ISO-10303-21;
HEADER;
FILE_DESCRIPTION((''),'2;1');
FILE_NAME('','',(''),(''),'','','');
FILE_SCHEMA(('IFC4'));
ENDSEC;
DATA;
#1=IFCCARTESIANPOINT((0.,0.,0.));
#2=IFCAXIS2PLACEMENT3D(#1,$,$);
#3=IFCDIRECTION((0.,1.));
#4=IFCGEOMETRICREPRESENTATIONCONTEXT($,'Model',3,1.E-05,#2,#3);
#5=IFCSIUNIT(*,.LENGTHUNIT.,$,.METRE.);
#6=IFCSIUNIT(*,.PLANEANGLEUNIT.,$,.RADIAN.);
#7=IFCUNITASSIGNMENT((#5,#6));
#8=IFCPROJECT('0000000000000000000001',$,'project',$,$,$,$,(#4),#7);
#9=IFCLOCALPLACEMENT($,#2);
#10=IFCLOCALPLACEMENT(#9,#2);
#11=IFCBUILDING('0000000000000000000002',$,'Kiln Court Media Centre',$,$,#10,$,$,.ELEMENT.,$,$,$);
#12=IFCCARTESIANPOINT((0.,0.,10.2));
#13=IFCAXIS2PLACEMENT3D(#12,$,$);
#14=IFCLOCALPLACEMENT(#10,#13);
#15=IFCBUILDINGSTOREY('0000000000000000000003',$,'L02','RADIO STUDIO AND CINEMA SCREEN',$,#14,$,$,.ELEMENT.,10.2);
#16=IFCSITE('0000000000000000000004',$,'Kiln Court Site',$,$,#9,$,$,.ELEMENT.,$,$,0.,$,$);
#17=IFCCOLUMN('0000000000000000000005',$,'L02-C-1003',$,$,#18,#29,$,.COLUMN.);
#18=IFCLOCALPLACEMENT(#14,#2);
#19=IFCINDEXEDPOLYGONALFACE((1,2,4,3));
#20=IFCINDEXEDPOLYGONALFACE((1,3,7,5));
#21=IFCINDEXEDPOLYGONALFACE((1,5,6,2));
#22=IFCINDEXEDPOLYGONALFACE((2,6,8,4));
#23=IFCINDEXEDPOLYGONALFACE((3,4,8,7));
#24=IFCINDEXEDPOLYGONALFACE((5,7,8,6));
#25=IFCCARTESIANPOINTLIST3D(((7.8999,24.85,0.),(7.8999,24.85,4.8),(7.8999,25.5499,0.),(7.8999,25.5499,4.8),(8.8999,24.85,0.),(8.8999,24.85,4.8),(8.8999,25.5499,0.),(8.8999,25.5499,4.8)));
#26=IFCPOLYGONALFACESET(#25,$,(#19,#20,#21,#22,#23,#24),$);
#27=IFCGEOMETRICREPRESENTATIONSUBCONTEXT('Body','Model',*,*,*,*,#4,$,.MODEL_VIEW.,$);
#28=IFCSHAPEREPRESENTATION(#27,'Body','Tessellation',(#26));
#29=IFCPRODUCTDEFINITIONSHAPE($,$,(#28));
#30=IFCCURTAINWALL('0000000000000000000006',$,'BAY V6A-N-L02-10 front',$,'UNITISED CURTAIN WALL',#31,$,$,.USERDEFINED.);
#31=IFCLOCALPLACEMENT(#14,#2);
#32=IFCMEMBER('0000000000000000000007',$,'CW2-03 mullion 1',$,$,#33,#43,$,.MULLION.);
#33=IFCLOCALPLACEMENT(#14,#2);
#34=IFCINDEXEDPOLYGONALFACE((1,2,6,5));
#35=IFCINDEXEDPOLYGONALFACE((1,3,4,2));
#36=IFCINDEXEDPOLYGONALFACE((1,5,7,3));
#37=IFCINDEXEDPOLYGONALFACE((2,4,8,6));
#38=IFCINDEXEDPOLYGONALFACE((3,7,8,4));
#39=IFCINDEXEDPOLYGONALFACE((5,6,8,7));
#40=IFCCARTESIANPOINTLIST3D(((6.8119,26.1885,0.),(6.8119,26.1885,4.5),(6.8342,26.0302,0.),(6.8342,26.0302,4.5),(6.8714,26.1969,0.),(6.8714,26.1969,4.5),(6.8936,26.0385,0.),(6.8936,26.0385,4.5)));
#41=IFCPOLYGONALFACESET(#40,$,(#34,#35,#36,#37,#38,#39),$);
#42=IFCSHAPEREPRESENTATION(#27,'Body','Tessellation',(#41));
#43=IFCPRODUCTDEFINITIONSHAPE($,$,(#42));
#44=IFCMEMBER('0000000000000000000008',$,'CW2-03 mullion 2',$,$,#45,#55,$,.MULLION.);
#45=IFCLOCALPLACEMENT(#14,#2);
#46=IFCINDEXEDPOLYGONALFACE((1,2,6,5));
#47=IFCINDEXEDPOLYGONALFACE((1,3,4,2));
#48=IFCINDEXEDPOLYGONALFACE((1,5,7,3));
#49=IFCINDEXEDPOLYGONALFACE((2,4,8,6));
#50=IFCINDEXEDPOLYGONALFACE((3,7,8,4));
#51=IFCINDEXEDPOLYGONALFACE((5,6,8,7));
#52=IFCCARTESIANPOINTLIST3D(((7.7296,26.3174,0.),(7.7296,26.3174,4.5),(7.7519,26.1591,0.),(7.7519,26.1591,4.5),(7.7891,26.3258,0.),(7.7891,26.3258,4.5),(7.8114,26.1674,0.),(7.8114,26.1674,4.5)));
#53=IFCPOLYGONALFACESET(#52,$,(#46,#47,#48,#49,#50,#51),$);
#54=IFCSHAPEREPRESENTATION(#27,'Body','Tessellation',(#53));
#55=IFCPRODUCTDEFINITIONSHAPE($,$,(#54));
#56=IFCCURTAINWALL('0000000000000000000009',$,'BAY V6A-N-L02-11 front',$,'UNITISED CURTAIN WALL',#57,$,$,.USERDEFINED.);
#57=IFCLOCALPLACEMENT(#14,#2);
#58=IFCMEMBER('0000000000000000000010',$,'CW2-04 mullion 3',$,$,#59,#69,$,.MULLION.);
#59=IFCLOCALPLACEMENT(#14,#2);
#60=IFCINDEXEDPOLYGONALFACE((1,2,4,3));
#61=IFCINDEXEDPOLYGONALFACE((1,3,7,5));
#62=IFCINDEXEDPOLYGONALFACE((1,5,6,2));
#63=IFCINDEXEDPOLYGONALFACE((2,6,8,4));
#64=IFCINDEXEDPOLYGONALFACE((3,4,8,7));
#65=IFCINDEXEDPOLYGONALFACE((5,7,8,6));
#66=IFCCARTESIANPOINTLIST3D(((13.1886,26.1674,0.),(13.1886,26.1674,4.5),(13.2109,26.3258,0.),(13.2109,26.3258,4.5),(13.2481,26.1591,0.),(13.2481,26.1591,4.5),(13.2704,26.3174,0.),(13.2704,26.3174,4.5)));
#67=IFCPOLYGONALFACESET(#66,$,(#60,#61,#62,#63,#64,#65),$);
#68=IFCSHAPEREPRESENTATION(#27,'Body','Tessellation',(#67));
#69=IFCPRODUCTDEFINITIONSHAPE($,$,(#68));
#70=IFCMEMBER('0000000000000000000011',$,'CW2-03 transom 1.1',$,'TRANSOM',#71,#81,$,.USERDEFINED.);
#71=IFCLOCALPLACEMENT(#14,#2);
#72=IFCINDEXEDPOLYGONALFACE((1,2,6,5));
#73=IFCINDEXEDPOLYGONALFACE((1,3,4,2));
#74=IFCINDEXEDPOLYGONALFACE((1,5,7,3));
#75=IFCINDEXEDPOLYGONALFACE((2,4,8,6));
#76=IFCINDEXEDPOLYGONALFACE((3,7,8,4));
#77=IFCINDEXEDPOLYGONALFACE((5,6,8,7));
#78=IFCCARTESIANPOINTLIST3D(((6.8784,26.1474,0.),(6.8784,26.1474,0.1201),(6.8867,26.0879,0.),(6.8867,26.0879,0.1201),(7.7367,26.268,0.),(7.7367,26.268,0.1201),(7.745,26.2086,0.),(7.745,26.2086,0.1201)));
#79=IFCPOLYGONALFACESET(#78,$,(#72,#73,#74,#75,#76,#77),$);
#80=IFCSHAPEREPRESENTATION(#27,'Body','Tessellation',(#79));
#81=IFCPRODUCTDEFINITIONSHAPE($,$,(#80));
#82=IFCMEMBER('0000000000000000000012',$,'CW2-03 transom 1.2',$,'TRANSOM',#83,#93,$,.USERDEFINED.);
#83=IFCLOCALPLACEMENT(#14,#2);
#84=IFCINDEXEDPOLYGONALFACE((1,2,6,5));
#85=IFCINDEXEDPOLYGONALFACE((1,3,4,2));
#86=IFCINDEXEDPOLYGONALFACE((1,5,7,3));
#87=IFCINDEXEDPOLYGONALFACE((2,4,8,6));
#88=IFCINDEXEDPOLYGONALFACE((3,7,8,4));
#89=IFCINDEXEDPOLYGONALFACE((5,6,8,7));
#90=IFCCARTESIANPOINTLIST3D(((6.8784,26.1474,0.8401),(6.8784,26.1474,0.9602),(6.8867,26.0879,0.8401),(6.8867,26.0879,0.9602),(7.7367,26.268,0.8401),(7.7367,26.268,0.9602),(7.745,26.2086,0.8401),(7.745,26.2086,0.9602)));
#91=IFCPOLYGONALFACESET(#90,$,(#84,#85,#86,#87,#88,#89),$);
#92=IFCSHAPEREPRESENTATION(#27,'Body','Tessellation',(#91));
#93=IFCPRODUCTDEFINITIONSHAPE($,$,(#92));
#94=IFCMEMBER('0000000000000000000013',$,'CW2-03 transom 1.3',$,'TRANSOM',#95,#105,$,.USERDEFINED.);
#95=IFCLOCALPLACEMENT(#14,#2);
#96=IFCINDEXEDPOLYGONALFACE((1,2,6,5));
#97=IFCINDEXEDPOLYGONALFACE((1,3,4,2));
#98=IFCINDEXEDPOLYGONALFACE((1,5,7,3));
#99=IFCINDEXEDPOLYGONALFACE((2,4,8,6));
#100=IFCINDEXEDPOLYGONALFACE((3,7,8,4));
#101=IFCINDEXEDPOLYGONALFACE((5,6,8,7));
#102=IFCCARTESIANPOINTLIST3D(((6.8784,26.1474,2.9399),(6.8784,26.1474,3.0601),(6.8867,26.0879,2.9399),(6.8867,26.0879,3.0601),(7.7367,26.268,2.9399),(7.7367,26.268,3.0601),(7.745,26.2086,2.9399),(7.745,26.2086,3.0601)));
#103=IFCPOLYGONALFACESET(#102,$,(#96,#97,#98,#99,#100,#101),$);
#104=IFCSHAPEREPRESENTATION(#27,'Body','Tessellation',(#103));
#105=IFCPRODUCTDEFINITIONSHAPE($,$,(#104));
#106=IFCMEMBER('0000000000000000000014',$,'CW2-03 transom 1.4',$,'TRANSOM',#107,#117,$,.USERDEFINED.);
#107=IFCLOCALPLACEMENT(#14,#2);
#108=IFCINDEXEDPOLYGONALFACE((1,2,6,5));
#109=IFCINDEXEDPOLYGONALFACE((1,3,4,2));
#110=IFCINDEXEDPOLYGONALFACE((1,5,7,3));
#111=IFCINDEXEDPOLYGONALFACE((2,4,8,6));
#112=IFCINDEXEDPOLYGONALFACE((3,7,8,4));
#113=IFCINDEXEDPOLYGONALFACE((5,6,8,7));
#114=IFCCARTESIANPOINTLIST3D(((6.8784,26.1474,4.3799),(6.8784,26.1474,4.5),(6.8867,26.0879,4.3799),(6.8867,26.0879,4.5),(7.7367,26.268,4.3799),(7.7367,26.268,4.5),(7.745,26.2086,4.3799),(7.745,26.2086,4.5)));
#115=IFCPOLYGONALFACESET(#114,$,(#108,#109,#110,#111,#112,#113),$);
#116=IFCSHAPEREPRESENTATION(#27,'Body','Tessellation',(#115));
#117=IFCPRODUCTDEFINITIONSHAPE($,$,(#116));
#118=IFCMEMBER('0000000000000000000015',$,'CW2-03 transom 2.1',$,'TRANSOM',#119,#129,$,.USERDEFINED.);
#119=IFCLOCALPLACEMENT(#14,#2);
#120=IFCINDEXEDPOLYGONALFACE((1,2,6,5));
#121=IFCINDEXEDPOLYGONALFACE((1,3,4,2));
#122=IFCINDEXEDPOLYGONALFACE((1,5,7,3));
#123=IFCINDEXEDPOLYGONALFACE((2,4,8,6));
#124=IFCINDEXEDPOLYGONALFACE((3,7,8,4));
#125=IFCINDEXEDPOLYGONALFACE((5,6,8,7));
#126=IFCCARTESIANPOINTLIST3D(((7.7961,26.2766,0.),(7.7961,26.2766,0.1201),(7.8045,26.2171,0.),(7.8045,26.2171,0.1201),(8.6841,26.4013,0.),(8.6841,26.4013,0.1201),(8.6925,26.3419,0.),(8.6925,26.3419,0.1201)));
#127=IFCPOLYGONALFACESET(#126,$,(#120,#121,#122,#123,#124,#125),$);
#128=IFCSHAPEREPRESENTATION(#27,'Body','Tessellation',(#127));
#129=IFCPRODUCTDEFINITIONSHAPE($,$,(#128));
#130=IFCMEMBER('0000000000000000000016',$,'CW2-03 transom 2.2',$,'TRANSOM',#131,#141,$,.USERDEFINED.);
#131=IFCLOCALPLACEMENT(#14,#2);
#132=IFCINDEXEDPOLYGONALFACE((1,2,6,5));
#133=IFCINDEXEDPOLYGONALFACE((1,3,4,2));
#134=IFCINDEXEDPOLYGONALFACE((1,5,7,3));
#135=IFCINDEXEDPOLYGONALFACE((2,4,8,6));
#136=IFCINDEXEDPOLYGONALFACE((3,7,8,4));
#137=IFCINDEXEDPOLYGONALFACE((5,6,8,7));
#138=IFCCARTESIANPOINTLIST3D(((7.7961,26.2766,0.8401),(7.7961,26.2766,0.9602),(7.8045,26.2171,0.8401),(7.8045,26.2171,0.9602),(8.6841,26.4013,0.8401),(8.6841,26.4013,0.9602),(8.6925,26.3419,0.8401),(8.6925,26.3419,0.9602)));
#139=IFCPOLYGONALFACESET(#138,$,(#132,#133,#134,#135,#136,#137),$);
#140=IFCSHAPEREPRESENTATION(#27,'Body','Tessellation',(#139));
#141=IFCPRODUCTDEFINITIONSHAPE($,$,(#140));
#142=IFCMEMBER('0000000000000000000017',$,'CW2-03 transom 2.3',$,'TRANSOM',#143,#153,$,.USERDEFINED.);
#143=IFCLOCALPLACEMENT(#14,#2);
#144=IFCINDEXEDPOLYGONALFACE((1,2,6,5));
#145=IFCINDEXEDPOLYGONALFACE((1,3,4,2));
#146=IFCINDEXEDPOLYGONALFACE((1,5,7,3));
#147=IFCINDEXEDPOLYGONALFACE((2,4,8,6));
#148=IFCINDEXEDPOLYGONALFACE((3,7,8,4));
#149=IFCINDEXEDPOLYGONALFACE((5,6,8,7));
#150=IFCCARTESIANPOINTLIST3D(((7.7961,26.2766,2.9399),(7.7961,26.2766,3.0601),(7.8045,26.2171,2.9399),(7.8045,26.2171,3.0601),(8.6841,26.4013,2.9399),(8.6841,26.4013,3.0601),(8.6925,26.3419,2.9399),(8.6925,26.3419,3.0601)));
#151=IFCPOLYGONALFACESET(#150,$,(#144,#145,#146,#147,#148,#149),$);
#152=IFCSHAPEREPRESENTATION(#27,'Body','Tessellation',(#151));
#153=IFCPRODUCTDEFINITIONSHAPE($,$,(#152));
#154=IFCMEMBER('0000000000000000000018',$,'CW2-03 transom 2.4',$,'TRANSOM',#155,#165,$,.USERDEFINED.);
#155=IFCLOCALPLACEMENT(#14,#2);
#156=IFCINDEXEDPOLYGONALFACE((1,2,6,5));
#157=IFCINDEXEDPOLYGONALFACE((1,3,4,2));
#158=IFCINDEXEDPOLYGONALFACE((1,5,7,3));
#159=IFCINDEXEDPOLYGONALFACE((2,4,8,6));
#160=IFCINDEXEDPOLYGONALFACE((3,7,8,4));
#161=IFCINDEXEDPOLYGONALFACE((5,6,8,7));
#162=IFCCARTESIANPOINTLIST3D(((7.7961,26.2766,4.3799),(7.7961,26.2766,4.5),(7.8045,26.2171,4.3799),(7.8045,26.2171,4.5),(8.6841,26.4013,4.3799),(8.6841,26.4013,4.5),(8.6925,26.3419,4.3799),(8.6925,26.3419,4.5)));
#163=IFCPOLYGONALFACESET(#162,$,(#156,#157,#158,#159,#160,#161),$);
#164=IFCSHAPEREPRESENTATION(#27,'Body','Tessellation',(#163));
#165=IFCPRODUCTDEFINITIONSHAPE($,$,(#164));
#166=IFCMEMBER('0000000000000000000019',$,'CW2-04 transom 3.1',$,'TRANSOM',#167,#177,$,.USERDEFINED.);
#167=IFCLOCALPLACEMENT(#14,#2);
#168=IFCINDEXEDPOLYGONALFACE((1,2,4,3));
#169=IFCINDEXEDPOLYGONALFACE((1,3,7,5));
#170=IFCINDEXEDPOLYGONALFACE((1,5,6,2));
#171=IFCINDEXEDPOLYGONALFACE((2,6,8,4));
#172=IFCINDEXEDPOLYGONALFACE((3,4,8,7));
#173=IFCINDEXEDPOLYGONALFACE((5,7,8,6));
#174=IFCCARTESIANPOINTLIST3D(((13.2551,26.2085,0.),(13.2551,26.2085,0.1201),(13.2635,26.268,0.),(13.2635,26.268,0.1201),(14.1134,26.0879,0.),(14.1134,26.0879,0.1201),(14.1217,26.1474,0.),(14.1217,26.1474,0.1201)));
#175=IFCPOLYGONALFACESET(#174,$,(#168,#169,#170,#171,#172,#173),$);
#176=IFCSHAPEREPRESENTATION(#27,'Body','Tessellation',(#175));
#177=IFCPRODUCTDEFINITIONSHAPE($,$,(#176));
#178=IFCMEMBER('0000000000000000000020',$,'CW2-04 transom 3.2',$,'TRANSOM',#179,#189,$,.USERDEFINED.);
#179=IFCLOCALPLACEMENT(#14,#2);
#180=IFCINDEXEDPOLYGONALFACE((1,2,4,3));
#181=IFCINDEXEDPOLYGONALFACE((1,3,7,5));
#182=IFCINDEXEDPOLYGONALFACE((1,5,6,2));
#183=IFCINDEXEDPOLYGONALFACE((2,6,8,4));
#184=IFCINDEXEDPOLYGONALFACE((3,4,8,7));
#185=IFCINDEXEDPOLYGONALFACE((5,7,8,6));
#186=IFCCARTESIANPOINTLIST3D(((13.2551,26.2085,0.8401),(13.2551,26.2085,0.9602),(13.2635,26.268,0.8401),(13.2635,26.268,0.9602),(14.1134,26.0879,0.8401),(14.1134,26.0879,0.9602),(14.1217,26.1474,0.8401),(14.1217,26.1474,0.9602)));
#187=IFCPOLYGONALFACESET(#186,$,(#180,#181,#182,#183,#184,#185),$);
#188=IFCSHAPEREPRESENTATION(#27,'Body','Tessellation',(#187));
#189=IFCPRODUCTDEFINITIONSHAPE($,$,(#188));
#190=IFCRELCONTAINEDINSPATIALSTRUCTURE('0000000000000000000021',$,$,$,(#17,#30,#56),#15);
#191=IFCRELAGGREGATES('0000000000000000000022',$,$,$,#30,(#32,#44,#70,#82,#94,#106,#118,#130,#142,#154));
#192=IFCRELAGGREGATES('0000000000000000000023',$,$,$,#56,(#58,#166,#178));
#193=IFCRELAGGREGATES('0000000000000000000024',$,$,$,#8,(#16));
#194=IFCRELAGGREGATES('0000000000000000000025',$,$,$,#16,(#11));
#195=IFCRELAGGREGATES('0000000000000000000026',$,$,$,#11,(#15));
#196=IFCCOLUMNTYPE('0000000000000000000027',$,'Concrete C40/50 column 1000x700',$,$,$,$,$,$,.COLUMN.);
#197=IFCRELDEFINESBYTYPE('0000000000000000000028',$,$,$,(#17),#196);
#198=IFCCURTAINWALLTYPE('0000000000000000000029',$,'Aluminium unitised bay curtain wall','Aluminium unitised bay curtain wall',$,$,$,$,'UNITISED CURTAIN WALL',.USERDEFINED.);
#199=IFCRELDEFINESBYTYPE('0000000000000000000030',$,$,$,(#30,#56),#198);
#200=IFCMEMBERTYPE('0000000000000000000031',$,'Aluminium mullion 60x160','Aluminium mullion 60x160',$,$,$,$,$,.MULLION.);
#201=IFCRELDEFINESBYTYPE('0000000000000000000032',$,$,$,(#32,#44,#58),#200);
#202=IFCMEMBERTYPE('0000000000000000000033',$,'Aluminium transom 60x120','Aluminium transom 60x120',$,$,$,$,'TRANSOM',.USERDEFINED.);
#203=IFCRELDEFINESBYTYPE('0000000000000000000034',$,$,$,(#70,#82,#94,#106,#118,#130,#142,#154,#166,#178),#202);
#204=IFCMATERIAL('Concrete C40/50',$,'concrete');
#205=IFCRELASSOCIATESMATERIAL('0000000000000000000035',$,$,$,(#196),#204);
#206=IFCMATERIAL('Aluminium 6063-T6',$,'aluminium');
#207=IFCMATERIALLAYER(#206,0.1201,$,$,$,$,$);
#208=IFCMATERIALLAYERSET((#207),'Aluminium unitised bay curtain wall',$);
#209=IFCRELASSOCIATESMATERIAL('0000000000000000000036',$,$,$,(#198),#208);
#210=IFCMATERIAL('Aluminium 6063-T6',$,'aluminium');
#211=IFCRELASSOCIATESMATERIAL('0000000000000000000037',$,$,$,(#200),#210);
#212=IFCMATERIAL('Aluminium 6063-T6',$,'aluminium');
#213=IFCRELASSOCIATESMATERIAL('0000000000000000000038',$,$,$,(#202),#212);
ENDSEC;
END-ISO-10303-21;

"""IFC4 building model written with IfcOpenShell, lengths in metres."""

from ifc_helpers import new_model, si_unit, direction, frame, origin, origin_2d, place, context, subcontext, project, spatial, rectangle, extrude, material, layer, layer_set, material_profile, profile_set, type_object, element, aggregate, save


model = new_model("IFC4")

# Units and contexts
model_context = context("Model", 3, precision=1e-05, world=origin(), true_north=direction((0.0, 1.0)))
body_context = subcontext(model_context, "Body", "Model", "MODEL_VIEW")
ifc_project = project(units=[si_unit("LENGTHUNIT", "METRE"), si_unit("PLANEANGLEUNIT", "RADIAN")], contexts=[model_context])

# Site, building, storey
site_placement = place(None, origin())
site = spatial("IfcSite", under=ifc_project, at=site_placement, Name="Kiln Court Site", CompositionType="ELEMENT", RefElevation=0.0)
building_placement = place(site_placement, origin())
building = spatial("IfcBuilding", under=site, at=building_placement, Name="Kiln Court Media Centre", CompositionType="ELEMENT")
storey_placement = place(building_placement, frame((0.0, 0.0, 10.2)))
storey = spatial("IfcBuildingStorey", under=building, at=storey_placement, Name="L02", Description="RADIO STUDIO AND CINEMA SCREEN", CompositionType="ELEMENT", Elevation=10.2)

# Column
ifc_material_1 = material(Name="Concrete C40/50", Category="concrete")
ifc_material_profile_1 = material_profile(ifc_material_1, rectangle(XDim=1.0, YDim=0.7, at=origin_2d()), Name="RC 1000x700")
ifc_profile_set_1 = profile_set([ifc_material_profile_1], Name="Concrete C40/50")
column_type = type_object("IfcColumnType", Name="Concrete C40/50 column 1000x700", PredefinedType="COLUMN", material=ifc_profile_set_1)
column_placement = place(storey_placement, frame((8.3999, 25.2, 0.0), z_axis=(0.0, 0.0, 1.0), x_axis=(1.0, 0.0, 0.0)))
element("IfcColumn", 1, at=column_placement, inside=storey, type_object=column_type, Name="L02-C-1003", PredefinedType="COLUMN", context=body_context, shape_type="SweptSolid", body=[
    extrude(rectangle(XDim=1.0, YDim=0.7, at=origin_2d()), origin(), (0.0, 0.0, 1.0), 4.8),
])

# Curtain wall, members
ifc_material_2 = material(Name="Aluminium 6063-T6", Category="aluminium")
ifc_layer_1 = layer(ifc_material_2, 0.1201)
ifc_layer_set_1 = layer_set([ifc_layer_1], Name="Aluminium unitised bay curtain wall")
curtain_wall_type = type_object("IfcCurtainWallType", Name="Aluminium unitised bay curtain wall", Description="Aluminium unitised bay curtain wall", ElementType="UNITISED CURTAIN WALL", PredefinedType="USERDEFINED", material=ifc_layer_set_1)
curtain_wall_1_placement = place(storey_placement, origin())
curtain_wall_1 = element("IfcCurtainWall", 2, at=curtain_wall_1_placement, inside=storey, type_object=curtain_wall_type, Name="BAY V6A-N-L02-10 front", ObjectType="UNITISED CURTAIN WALL", PredefinedType="USERDEFINED")
ifc_material_3 = material(Name="Aluminium 6063-T6", Category="aluminium")
ifc_material_profile_2 = material_profile(ifc_material_3, rectangle(XDim=0.0601, YDim=0.1599, at=origin_2d()), Name="Aluminium mullion 60x160")
ifc_profile_set_2 = profile_set([ifc_material_profile_2], Name="Aluminium 6063-T6")
member_type_1 = type_object("IfcMemberType", Name="Aluminium mullion 60x160", Description="Aluminium mullion 60x160", PredefinedType="MULLION", material=ifc_profile_set_2)
member_1_placement = place(storey_placement, frame((6.8528, 26.1135, 0.0), z_axis=(0.0, 0.0, 1.0), x_axis=(0.99027, 0.139162, 0.0)))
member_1 = element("IfcMember", 3, at=member_1_placement, type_object=member_type_1, Name="CW2-03 mullion 1", PredefinedType="MULLION", context=body_context, shape_type="SweptSolid", body=[
    extrude(rectangle(XDim=0.0601, YDim=0.1599, at=origin_2d()), origin(), (0.0, 0.0, 1.0), 4.5),
])
member_2_placement = place(storey_placement, frame((7.7705, 26.2424, 0.0), z_axis=(0.0, 0.0, 1.0), x_axis=(0.99027, 0.139162, 0.0)))
member_2 = element("IfcMember", 4, at=member_2_placement, type_object=member_type_1, Name="CW2-03 mullion 2", PredefinedType="MULLION", context=body_context, shape_type="SweptSolid", body=[
    extrude(rectangle(XDim=0.0601, YDim=0.1599, at=origin_2d()), origin(), (0.0, 0.0, 1.0), 4.5),
])

# Curtain wall, member
curtain_wall_2_placement = place(storey_placement, origin())
curtain_wall_2 = element("IfcCurtainWall", 5, at=curtain_wall_2_placement, inside=storey, type_object=curtain_wall_type, Name="BAY V6A-N-L02-11 front", ObjectType="UNITISED CURTAIN WALL", PredefinedType="USERDEFINED")
member_3_placement = place(storey_placement, frame((13.2295, 26.2424, 0.0), z_axis=(0.0, 0.0, 1.0), x_axis=(0.99027, -0.139162, 0.0)))
member_3 = element("IfcMember", 6, at=member_3_placement, type_object=member_type_1, Name="CW2-04 mullion 3", PredefinedType="MULLION", context=body_context, shape_type="SweptSolid", body=[
    extrude(rectangle(XDim=0.0601, YDim=0.1599, at=origin_2d()), origin(), (0.0, 0.0, 1.0), 4.5),
])

# Members
ifc_material_4 = material(Name="Aluminium 6063-T6", Category="aluminium")
ifc_material_profile_3 = material_profile(ifc_material_4, rectangle(XDim=0.0601, YDim=0.1201, at=origin_2d()), Name="Aluminium transom 60x120")
ifc_profile_set_3 = profile_set([ifc_material_profile_3], Name="Aluminium 6063-T6")
member_type_2 = type_object("IfcMemberType", Name="Aluminium transom 60x120", Description="Aluminium transom 60x120", ElementType="TRANSOM", PredefinedType="USERDEFINED", material=ifc_profile_set_3)
member_4_placement = place(storey_placement, frame((6.8826, 26.1177, 0.0601), z_axis=(0.990268, 0.139173, 0.0), x_axis=(-0.139173, 0.990268, 0.0)))
member_4 = element("IfcMember", 7, at=member_4_placement, type_object=member_type_2, Name="CW2-03 transom 1.1", ObjectType="TRANSOM", PredefinedType="USERDEFINED", context=body_context, shape_type="SweptSolid", body=[
    extrude(rectangle(XDim=0.0601, YDim=0.1201, at=origin_2d()), origin(), (0.0, 0.0, 1.0), 0.8667),
])
member_5_placement = place(storey_placement, frame((6.8826, 26.1177, 0.9001), z_axis=(0.990268, 0.139173, 0.0), x_axis=(-0.139173, 0.990268, 0.0)))
member_5 = element("IfcMember", 8, at=member_5_placement, type_object=member_type_2, Name="CW2-03 transom 1.2", ObjectType="TRANSOM", PredefinedType="USERDEFINED", context=body_context, shape_type="SweptSolid", body=[
    extrude(rectangle(XDim=0.0601, YDim=0.1201, at=origin_2d()), origin(), (0.0, 0.0, 1.0), 0.8667),
])
member_6_placement = place(storey_placement, frame((6.8826, 26.1177, 3.0), z_axis=(0.990268, 0.139173, 0.0), x_axis=(-0.139173, 0.990268, 0.0)))
member_6 = element("IfcMember", 9, at=member_6_placement, type_object=member_type_2, Name="CW2-03 transom 1.3", ObjectType="TRANSOM", PredefinedType="USERDEFINED", context=body_context, shape_type="SweptSolid", body=[
    extrude(rectangle(XDim=0.0601, YDim=0.1201, at=origin_2d()), origin(), (0.0, 0.0, 1.0), 0.8667),
])
member_7_placement = place(storey_placement, frame((6.8826, 26.1177, 4.4399), z_axis=(0.990268, 0.139173, 0.0), x_axis=(-0.139173, 0.990268, 0.0)))
member_7 = element("IfcMember", 10, at=member_7_placement, type_object=member_type_2, Name="CW2-03 transom 1.4", ObjectType="TRANSOM", PredefinedType="USERDEFINED", context=body_context, shape_type="SweptSolid", body=[
    extrude(rectangle(XDim=0.0601, YDim=0.1201, at=origin_2d()), origin(), (0.0, 0.0, 1.0), 0.8667),
])
member_8_placement = place(storey_placement, frame((7.8003, 26.2468, 0.0601), z_axis=(0.990274, 0.139134, 0.0), x_axis=(-0.139134, 0.990274, 0.0)))
member_8 = element("IfcMember", 11, at=member_8_placement, type_object=member_type_2, Name="CW2-03 transom 2.1", ObjectType="TRANSOM", PredefinedType="USERDEFINED", context=body_context, shape_type="SweptSolid", body=[
    extrude(rectangle(XDim=0.0601, YDim=0.1201, at=origin_2d()), origin(), (0.0, 0.0, 1.0), 0.8967),
])
member_9_placement = place(storey_placement, frame((7.8003, 26.2468, 0.9001), z_axis=(0.990274, 0.139134, 0.0), x_axis=(-0.139134, 0.990274, 0.0)))
member_9 = element("IfcMember", 12, at=member_9_placement, type_object=member_type_2, Name="CW2-03 transom 2.2", ObjectType="TRANSOM", PredefinedType="USERDEFINED", context=body_context, shape_type="SweptSolid", body=[
    extrude(rectangle(XDim=0.0601, YDim=0.1201, at=origin_2d()), origin(), (0.0, 0.0, 1.0), 0.8967),
])
member_10_placement = place(storey_placement, frame((7.8003, 26.2468, 3.0), z_axis=(0.990274, 0.139134, 0.0), x_axis=(-0.139134, 0.990274, 0.0)))
member_10 = element("IfcMember", 13, at=member_10_placement, type_object=member_type_2, Name="CW2-03 transom 2.3", ObjectType="TRANSOM", PredefinedType="USERDEFINED", context=body_context, shape_type="SweptSolid", body=[
    extrude(rectangle(XDim=0.0601, YDim=0.1201, at=origin_2d()), origin(), (0.0, 0.0, 1.0), 0.8967),
])
member_11_placement = place(storey_placement, frame((7.8003, 26.2468, 4.4399), z_axis=(0.990274, 0.139134, 0.0), x_axis=(-0.139134, 0.990274, 0.0)))
member_11 = element("IfcMember", 14, at=member_11_placement, type_object=member_type_2, Name="CW2-03 transom 2.4", ObjectType="TRANSOM", PredefinedType="USERDEFINED", context=body_context, shape_type="SweptSolid", body=[
    extrude(rectangle(XDim=0.0601, YDim=0.1201, at=origin_2d()), origin(), (0.0, 0.0, 1.0), 0.8967),
])
member_12_placement = place(storey_placement, frame((13.2593, 26.2383, 0.0601), z_axis=(0.990268, -0.139173, 0.0), x_axis=(0.139173, 0.990268, 0.0)))
member_12 = element("IfcMember", 15, at=member_12_placement, type_object=member_type_2, Name="CW2-04 transom 3.1", ObjectType="TRANSOM", PredefinedType="USERDEFINED", context=body_context, shape_type="SweptSolid", body=[
    extrude(rectangle(XDim=0.0601, YDim=0.1201, at=origin_2d()), origin(), (0.0, 0.0, 1.0), 0.8667),
])
member_13_placement = place(storey_placement, frame((13.2593, 26.2383, 0.9001), z_axis=(0.990268, -0.139173, 0.0), x_axis=(0.139173, 0.990268, 0.0)))
member_13 = element("IfcMember", 16, at=member_13_placement, type_object=member_type_2, Name="CW2-04 transom 3.2", ObjectType="TRANSOM", PredefinedType="USERDEFINED", context=body_context, shape_type="SweptSolid", body=[
    extrude(rectangle(XDim=0.0601, YDim=0.1201, at=origin_2d()), origin(), (0.0, 0.0, 1.0), 0.8667),
])

aggregate(curtain_wall_1, [member_1, member_2, member_4, member_5, member_6, member_7, member_8, member_9, member_10, member_11])
aggregate(curtain_wall_2, [member_3, member_12, member_13])

save(model, "model.ifc")
